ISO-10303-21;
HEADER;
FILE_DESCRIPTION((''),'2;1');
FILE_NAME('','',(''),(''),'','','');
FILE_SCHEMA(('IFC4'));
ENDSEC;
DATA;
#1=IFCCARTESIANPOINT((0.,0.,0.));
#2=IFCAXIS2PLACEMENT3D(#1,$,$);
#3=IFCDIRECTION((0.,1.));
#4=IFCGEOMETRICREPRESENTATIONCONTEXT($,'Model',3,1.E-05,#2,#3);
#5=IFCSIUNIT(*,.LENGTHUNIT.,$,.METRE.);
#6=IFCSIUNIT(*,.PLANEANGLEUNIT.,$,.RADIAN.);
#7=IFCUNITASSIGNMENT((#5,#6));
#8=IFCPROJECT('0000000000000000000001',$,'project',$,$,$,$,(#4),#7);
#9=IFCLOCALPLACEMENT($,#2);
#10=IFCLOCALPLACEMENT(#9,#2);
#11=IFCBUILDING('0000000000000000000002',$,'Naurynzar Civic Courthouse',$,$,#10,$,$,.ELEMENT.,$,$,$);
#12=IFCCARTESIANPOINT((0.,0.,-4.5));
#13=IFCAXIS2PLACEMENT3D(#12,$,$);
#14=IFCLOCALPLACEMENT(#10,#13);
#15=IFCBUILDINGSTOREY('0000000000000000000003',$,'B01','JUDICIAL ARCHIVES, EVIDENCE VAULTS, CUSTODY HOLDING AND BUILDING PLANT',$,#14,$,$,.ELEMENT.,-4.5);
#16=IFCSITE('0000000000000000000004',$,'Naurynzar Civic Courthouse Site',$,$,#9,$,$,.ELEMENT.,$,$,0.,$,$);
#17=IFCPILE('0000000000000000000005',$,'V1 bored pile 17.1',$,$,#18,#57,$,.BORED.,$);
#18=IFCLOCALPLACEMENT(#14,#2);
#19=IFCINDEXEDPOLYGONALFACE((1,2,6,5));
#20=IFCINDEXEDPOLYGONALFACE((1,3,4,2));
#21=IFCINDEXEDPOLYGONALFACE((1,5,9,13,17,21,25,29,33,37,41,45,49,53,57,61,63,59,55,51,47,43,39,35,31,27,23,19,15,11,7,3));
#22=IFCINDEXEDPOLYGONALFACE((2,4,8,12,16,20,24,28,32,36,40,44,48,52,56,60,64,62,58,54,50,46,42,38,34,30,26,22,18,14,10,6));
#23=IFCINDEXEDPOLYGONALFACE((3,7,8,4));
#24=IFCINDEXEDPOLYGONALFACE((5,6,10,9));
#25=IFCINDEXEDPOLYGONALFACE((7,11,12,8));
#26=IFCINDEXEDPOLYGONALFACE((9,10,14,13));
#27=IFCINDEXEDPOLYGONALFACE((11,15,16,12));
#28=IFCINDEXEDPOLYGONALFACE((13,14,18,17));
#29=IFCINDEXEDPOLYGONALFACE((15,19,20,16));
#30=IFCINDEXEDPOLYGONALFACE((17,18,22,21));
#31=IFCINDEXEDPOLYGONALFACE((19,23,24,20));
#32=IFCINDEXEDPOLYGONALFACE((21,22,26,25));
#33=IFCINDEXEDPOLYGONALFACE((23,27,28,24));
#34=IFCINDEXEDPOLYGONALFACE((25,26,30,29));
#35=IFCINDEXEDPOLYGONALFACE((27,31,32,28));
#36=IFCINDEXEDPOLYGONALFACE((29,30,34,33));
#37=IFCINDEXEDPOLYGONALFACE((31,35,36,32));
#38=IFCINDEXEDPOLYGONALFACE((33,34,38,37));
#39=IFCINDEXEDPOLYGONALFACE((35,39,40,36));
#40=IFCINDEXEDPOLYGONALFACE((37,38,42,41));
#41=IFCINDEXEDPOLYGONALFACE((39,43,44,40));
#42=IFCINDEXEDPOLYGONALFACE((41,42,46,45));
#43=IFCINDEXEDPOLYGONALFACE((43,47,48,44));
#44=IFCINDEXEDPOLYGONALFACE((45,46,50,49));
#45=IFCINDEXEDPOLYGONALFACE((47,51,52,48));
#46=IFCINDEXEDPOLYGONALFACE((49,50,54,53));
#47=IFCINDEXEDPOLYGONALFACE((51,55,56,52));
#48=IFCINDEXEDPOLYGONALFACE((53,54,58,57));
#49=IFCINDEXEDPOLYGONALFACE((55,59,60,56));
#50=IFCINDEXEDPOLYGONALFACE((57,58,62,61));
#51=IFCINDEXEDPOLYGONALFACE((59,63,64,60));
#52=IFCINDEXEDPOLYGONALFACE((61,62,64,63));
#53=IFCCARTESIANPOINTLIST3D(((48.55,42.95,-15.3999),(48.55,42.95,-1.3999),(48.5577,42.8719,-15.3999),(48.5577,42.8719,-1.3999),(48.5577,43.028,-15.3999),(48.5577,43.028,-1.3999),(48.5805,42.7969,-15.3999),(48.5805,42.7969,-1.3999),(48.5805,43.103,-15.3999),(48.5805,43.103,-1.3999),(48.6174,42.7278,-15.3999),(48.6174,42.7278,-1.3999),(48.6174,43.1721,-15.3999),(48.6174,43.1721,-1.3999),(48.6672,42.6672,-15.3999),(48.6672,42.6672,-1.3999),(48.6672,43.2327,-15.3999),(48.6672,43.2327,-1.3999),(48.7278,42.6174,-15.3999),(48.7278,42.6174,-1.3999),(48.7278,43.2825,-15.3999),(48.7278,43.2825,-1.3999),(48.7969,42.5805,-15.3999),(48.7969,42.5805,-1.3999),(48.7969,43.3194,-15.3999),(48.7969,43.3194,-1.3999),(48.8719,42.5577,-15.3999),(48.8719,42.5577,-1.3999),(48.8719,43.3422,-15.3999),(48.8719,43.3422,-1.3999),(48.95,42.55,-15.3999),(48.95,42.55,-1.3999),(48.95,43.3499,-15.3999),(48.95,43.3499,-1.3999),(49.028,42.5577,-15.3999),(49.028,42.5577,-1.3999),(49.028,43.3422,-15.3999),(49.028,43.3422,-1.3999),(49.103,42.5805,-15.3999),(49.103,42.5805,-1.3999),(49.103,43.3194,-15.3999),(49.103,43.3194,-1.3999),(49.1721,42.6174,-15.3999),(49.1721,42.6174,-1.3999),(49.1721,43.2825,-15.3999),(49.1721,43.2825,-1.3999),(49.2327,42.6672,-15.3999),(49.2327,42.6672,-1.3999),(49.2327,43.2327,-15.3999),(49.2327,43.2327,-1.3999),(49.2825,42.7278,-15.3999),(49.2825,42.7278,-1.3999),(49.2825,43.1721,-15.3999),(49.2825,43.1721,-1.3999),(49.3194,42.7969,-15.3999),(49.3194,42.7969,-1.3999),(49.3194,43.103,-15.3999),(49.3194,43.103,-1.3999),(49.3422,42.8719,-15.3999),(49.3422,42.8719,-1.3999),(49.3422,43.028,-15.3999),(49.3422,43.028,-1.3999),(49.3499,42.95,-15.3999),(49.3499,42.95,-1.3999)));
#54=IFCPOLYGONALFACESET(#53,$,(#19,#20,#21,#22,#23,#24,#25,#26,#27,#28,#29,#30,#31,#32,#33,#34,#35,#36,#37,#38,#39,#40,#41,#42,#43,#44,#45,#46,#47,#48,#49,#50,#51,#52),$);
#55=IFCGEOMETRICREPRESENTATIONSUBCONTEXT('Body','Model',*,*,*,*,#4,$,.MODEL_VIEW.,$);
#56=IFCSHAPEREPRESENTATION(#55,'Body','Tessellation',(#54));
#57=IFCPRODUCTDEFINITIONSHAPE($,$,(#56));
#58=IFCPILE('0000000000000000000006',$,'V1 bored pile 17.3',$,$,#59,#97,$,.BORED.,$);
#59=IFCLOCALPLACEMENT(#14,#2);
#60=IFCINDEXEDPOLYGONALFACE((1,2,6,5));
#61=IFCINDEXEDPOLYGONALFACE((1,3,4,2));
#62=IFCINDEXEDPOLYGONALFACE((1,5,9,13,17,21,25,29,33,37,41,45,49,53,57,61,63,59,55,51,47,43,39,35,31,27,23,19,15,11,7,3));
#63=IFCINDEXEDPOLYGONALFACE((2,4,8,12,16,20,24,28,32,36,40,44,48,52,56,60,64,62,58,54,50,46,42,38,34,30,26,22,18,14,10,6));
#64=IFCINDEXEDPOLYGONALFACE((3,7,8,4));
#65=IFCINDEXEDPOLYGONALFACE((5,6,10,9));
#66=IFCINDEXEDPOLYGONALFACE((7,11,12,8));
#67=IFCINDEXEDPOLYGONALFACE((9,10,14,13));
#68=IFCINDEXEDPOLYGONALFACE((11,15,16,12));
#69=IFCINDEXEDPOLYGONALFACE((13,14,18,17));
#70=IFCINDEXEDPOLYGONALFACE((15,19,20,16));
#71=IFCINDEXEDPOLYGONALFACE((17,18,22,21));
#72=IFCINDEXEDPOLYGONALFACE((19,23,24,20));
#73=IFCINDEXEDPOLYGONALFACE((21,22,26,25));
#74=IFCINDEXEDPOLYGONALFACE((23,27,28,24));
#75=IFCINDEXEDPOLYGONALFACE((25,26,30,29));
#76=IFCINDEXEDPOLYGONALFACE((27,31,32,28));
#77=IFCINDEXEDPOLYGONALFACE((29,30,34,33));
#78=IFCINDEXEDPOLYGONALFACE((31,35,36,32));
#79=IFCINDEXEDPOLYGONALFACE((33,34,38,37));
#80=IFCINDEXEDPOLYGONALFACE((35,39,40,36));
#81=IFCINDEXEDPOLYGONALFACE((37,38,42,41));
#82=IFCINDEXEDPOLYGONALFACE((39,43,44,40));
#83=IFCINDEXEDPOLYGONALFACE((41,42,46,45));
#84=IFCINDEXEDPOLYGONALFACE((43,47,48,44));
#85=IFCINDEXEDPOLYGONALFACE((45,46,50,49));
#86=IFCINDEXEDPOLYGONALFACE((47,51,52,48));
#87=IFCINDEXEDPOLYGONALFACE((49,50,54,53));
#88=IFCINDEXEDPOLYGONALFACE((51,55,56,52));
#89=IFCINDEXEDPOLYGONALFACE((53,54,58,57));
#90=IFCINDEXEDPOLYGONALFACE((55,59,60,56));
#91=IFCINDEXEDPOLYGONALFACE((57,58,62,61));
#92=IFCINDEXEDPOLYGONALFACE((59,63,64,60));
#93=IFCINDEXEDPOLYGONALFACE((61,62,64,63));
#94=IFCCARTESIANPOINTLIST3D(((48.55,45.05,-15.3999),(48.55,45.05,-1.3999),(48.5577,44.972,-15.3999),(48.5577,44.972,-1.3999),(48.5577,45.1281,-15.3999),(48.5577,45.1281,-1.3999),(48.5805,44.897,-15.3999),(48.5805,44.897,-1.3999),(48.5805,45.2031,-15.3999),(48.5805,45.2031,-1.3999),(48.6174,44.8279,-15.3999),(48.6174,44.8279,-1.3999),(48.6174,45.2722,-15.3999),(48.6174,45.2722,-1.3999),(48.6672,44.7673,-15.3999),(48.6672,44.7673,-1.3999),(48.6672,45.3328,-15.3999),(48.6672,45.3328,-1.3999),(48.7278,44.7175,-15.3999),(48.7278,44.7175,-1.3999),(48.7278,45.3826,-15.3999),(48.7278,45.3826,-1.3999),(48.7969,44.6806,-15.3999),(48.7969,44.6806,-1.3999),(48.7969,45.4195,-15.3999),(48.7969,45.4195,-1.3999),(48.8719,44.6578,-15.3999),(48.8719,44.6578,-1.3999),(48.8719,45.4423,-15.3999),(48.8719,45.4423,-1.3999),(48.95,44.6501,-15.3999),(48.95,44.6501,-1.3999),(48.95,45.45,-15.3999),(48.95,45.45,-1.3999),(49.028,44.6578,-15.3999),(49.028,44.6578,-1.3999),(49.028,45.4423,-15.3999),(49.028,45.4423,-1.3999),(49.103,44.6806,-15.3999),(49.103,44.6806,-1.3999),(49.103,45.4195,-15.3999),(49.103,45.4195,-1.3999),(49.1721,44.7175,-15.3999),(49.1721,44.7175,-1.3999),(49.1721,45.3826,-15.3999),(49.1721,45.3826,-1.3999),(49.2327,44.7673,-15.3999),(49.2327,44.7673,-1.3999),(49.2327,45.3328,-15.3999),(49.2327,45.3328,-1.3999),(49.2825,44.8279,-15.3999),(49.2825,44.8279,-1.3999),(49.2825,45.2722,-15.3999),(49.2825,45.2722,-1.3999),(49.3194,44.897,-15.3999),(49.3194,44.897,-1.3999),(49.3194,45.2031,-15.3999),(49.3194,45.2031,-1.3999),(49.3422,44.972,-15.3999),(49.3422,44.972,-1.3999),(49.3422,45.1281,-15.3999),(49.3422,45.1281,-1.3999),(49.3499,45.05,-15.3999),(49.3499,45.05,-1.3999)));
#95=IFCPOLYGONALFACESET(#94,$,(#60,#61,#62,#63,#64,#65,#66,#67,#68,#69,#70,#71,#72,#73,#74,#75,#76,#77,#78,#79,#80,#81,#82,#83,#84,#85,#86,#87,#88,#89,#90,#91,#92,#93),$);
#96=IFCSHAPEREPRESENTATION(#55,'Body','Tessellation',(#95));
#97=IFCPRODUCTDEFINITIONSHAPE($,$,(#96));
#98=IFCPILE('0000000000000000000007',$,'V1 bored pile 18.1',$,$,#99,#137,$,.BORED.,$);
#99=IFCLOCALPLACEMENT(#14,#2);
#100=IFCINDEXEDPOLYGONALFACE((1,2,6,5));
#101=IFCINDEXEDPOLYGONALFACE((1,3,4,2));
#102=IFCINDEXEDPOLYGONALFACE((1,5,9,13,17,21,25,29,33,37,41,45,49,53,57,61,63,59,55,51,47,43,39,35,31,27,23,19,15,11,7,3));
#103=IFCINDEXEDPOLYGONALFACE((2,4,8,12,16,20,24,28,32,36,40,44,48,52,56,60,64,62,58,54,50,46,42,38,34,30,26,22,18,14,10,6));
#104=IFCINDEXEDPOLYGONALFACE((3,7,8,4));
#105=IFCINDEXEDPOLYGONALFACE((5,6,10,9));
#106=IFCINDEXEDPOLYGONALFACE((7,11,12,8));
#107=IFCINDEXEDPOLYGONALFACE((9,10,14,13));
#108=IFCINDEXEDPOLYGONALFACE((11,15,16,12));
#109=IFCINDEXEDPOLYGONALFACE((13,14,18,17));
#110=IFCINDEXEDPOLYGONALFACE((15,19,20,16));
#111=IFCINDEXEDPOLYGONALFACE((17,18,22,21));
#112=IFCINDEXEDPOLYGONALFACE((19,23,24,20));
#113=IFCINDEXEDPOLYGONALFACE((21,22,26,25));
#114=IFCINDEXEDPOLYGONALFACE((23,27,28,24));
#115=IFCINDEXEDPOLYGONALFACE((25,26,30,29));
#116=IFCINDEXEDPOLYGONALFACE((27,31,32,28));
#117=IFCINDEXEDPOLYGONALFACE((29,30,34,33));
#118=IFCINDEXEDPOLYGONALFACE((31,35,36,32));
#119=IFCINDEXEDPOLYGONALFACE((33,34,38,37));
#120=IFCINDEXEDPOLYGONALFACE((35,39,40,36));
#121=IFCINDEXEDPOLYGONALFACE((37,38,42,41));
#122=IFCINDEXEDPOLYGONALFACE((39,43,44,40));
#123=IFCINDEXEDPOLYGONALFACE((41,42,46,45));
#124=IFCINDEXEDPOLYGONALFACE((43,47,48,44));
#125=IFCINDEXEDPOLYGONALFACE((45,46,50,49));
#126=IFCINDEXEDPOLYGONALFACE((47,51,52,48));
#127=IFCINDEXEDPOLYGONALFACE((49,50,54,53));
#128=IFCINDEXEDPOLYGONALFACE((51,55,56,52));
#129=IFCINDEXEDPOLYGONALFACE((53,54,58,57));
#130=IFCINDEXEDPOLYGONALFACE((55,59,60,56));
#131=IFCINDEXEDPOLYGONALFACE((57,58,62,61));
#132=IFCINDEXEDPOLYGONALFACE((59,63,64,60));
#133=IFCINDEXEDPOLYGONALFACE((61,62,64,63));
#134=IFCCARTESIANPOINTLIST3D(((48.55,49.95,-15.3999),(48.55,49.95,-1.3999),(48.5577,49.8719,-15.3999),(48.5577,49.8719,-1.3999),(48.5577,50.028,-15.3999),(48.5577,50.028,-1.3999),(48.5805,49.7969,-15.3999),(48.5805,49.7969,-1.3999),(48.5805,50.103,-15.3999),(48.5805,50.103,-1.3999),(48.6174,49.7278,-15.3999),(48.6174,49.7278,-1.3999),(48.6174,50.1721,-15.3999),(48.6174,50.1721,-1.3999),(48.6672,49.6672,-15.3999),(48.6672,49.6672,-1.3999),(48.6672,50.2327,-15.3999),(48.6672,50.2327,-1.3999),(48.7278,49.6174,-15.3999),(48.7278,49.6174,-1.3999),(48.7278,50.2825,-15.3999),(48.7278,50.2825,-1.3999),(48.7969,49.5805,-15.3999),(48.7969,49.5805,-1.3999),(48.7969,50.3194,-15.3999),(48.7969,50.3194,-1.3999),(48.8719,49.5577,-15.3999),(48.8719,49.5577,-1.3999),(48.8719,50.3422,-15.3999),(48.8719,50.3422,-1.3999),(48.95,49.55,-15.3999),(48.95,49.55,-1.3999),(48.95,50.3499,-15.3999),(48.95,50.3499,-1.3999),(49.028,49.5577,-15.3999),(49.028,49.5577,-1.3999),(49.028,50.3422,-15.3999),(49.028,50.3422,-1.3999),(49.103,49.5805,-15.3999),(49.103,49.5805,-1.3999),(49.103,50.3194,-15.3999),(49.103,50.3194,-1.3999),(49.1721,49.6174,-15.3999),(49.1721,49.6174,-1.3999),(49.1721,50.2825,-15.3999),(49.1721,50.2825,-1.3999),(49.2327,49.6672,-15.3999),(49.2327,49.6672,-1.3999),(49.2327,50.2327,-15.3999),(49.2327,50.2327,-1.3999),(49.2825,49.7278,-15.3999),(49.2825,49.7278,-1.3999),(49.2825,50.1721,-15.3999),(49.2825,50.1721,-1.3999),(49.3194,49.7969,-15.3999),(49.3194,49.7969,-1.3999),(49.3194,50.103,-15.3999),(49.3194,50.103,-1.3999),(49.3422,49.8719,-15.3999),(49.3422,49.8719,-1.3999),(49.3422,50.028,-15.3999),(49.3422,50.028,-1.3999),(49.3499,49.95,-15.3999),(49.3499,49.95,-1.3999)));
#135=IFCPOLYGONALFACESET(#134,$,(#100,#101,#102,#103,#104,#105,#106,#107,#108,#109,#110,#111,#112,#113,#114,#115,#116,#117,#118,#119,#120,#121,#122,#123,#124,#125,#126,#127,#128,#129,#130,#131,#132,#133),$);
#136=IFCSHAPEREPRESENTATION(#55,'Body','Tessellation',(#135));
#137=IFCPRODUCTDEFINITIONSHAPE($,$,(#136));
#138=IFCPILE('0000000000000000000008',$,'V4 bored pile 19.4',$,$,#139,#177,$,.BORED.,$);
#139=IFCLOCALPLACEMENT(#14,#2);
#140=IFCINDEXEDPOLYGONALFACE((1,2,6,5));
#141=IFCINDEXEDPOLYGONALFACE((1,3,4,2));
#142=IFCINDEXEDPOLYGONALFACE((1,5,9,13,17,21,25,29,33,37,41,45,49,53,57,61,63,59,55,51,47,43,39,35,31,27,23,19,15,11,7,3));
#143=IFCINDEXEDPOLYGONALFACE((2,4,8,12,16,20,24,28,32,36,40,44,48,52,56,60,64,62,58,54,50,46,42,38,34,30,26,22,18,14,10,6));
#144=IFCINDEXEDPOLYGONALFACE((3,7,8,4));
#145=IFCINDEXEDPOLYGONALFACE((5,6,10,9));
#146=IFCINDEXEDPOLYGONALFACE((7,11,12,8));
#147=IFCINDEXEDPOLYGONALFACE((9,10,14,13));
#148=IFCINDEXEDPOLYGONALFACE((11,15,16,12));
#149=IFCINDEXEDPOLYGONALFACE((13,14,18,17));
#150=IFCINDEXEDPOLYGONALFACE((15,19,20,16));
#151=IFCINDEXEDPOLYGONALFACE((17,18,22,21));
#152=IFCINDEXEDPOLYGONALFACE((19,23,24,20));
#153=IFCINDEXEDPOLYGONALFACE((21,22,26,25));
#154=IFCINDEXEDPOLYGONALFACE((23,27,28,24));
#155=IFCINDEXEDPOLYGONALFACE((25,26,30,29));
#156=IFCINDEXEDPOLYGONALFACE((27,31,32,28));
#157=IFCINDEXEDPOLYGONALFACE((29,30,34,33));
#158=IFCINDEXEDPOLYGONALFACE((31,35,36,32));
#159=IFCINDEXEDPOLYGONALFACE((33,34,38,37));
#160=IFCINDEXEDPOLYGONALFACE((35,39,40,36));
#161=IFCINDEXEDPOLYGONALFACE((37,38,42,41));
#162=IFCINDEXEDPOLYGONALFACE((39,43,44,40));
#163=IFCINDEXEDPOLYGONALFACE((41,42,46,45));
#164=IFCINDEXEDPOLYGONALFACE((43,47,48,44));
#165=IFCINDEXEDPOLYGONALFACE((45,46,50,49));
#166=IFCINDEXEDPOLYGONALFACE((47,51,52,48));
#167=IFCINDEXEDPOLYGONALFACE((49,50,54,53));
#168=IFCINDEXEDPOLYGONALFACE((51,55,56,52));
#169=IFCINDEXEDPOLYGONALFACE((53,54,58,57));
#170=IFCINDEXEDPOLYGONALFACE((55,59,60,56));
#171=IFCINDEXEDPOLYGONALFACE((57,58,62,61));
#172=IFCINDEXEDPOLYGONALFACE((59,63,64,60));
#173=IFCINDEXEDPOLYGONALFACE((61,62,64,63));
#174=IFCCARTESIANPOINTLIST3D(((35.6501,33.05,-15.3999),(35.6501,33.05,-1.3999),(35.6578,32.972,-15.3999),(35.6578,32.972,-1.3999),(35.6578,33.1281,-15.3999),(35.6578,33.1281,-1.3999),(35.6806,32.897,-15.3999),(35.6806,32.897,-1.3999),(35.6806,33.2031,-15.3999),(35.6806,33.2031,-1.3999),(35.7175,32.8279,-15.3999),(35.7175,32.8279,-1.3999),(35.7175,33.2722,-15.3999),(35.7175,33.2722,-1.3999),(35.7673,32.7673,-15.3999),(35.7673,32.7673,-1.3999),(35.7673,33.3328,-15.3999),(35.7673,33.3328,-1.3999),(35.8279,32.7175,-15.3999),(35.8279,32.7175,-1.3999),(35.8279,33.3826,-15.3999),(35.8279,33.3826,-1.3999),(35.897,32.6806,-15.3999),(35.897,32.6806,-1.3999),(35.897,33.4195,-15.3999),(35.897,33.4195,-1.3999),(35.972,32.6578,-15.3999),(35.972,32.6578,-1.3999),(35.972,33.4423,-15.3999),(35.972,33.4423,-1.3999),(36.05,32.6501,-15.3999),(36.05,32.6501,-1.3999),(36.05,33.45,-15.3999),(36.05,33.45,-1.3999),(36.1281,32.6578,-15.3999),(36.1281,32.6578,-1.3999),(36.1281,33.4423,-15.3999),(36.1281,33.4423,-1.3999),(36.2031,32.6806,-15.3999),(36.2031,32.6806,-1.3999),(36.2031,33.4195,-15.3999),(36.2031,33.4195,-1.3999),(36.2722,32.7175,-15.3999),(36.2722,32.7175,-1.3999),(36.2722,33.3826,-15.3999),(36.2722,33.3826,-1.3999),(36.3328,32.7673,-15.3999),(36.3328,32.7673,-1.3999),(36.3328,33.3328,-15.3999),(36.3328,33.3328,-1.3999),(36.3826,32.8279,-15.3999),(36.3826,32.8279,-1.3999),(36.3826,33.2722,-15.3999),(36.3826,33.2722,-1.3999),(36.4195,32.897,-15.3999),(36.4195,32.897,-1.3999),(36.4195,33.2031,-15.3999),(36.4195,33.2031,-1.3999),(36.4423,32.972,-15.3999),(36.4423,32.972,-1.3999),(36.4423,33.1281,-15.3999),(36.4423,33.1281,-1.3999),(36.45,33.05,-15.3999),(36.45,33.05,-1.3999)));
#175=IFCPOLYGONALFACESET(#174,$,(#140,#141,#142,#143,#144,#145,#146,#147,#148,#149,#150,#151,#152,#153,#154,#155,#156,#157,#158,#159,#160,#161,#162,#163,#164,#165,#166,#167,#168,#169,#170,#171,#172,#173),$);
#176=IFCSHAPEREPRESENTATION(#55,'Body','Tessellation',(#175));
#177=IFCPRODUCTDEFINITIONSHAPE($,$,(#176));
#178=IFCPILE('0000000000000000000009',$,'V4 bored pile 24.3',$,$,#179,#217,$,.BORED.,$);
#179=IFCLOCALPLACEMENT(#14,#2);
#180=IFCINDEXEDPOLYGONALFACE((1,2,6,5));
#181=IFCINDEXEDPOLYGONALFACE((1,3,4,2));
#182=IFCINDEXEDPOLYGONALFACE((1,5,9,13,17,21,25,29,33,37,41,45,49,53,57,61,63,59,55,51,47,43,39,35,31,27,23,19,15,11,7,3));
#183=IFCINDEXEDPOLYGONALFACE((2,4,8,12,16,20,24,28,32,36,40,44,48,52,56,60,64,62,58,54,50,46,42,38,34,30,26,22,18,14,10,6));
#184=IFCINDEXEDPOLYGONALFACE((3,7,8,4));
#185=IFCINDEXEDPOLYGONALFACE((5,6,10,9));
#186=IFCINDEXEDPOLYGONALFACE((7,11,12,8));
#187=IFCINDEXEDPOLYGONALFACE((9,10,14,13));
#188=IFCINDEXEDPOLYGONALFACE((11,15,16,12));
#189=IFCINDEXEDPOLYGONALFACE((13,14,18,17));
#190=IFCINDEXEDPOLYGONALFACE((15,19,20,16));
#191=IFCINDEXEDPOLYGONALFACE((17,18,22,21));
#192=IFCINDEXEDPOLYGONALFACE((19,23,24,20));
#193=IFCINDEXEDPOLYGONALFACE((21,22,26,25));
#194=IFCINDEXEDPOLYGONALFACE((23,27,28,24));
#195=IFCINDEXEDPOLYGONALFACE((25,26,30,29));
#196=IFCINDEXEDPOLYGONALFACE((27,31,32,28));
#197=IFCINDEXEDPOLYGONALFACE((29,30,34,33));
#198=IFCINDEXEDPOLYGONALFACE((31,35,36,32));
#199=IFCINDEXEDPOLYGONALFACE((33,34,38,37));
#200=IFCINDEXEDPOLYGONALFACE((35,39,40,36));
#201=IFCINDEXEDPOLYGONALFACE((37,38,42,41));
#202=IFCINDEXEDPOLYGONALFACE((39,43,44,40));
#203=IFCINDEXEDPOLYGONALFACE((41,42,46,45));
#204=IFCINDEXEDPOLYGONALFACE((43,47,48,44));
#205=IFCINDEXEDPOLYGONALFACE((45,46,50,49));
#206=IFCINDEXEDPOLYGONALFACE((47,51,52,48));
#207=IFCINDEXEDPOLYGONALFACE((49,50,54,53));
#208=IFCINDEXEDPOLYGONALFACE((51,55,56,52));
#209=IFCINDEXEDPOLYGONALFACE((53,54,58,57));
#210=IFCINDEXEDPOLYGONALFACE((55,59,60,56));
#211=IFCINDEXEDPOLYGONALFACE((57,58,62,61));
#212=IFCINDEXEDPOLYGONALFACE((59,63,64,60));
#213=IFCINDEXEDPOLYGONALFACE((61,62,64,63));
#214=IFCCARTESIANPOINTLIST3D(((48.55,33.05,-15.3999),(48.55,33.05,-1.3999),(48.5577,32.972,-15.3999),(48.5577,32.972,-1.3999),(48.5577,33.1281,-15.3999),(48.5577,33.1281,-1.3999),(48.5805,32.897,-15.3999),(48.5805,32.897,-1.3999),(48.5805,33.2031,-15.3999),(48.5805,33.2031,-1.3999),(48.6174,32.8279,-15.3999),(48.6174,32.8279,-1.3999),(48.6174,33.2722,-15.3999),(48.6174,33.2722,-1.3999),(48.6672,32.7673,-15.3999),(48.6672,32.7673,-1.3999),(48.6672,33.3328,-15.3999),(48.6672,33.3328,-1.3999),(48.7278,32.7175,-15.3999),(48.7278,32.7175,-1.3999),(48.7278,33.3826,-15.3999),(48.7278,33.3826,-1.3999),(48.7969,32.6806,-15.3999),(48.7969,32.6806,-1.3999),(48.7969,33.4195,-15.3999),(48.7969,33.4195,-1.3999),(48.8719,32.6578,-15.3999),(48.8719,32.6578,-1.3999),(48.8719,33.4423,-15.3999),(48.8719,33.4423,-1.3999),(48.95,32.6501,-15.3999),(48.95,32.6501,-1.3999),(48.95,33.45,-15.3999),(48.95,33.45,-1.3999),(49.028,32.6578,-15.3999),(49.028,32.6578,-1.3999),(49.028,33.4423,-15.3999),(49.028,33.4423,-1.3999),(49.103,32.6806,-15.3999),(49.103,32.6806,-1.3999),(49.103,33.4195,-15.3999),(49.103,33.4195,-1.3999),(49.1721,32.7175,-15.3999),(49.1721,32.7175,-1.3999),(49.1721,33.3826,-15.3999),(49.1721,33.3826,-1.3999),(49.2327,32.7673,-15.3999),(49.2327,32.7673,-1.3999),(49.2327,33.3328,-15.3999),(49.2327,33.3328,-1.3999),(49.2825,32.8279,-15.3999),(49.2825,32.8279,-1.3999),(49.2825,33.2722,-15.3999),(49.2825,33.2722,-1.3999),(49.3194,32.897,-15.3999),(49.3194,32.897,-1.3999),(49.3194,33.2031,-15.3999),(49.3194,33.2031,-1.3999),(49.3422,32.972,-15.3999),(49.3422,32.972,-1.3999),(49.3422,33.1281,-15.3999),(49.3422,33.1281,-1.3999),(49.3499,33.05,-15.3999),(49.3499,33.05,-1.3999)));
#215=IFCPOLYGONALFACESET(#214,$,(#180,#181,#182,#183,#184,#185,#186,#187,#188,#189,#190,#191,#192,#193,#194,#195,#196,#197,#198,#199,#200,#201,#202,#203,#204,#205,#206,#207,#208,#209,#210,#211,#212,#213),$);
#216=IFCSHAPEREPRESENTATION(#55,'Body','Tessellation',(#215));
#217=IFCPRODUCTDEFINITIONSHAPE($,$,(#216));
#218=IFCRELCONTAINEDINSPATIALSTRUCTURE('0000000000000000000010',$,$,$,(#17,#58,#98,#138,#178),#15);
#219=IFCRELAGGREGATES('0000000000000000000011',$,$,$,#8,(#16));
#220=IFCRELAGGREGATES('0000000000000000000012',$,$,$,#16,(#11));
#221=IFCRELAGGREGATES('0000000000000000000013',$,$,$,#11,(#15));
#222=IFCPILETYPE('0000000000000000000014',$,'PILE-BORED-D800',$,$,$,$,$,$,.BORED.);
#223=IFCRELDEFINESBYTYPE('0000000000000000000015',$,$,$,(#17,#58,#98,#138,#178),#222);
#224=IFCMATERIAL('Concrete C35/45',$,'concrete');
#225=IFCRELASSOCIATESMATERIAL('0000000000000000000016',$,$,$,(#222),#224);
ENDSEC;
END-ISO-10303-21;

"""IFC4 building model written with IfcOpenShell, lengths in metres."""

from ifc_helpers import new_model, si_unit, direction, frame, origin, origin_2d, place, context, subcontext, project, spatial, circle, extrude, material, material_profile, profile_set, type_object, element, save


model = new_model("IFC4")

# Units and contexts
model_context = context("Model", 3, precision=1e-05, world=origin(), true_north=direction((0.0, 1.0)))
body_context = subcontext(model_context, "Body", "Model", "MODEL_VIEW")
ifc_project = project(units=[si_unit("LENGTHUNIT", "METRE"), si_unit("PLANEANGLEUNIT", "RADIAN")], contexts=[model_context])

# Site, building, storey
site_placement = place(None, origin())
site = spatial("IfcSite", under=ifc_project, at=site_placement, Name="Naurynzar Civic Courthouse Site", CompositionType="ELEMENT", RefElevation=0.0)
building_placement = place(site_placement, origin())
building = spatial("IfcBuilding", under=site, at=building_placement, Name="Naurynzar Civic Courthouse", CompositionType="ELEMENT")
storey_placement = place(building_placement, frame((0.0, 0.0, -4.5)))
storey = spatial("IfcBuildingStorey", under=building, at=storey_placement, Name="B01", Description="JUDICIAL ARCHIVES, EVIDENCE VAULTS, CUSTODY HOLDING AND BUILDING PLANT", CompositionType="ELEMENT", Elevation=-4.5)

# Piles
ifc_material_1 = material(Name="Concrete C35/45", Category="concrete")
ifc_material_profile_1 = material_profile(ifc_material_1, circle(Radius=0.3999, at=origin_2d()), Name="PILE D800")
ifc_profile_set_1 = profile_set([ifc_material_profile_1], Name="Concrete C35/45")
pile_type = type_object("IfcPileType", Name="PILE-BORED-D800", PredefinedType="BORED", material=ifc_profile_set_1)
for number, where, z_axis, x_axis, name in (
    (1, (48.95, 42.95, -1.3999), (0.0, 0.0, -1.0), (1.0, 0.0, 0.0), "V1 bored pile 17.1"),
    (2, (48.95, 45.05, -1.3999), (0.0, 0.0, -1.0), (1.0, 0.0, 0.0), "V1 bored pile 17.3"),
    (3, (48.95, 49.95, -1.3999), (0.0, 0.0, -1.0), (1.0, 0.0, 0.0), "V1 bored pile 18.1"),
    (4, (36.05, 33.05, -1.3999), (0.0, 0.0, -1.0), (1.0, 0.0, 0.0), "V4 bored pile 19.4"),
    (5, (48.95, 33.05, -1.3999), (0.0, 0.0, -1.0), (1.0, 0.0, 0.0), "V4 bored pile 24.3"),
):
    element("IfcPile", number, at=place(storey_placement, frame(where, z_axis=z_axis, x_axis=x_axis)), inside=storey, type_object=pile_type, Name=name, PredefinedType="BORED", context=body_context, shape_type="SweptSolid", body=[
        extrude(circle(Radius=0.3999, at=origin_2d()), origin(), (0.0, 0.0, 1.0), 14.0),
    ])

save(model, "model.ifc")
